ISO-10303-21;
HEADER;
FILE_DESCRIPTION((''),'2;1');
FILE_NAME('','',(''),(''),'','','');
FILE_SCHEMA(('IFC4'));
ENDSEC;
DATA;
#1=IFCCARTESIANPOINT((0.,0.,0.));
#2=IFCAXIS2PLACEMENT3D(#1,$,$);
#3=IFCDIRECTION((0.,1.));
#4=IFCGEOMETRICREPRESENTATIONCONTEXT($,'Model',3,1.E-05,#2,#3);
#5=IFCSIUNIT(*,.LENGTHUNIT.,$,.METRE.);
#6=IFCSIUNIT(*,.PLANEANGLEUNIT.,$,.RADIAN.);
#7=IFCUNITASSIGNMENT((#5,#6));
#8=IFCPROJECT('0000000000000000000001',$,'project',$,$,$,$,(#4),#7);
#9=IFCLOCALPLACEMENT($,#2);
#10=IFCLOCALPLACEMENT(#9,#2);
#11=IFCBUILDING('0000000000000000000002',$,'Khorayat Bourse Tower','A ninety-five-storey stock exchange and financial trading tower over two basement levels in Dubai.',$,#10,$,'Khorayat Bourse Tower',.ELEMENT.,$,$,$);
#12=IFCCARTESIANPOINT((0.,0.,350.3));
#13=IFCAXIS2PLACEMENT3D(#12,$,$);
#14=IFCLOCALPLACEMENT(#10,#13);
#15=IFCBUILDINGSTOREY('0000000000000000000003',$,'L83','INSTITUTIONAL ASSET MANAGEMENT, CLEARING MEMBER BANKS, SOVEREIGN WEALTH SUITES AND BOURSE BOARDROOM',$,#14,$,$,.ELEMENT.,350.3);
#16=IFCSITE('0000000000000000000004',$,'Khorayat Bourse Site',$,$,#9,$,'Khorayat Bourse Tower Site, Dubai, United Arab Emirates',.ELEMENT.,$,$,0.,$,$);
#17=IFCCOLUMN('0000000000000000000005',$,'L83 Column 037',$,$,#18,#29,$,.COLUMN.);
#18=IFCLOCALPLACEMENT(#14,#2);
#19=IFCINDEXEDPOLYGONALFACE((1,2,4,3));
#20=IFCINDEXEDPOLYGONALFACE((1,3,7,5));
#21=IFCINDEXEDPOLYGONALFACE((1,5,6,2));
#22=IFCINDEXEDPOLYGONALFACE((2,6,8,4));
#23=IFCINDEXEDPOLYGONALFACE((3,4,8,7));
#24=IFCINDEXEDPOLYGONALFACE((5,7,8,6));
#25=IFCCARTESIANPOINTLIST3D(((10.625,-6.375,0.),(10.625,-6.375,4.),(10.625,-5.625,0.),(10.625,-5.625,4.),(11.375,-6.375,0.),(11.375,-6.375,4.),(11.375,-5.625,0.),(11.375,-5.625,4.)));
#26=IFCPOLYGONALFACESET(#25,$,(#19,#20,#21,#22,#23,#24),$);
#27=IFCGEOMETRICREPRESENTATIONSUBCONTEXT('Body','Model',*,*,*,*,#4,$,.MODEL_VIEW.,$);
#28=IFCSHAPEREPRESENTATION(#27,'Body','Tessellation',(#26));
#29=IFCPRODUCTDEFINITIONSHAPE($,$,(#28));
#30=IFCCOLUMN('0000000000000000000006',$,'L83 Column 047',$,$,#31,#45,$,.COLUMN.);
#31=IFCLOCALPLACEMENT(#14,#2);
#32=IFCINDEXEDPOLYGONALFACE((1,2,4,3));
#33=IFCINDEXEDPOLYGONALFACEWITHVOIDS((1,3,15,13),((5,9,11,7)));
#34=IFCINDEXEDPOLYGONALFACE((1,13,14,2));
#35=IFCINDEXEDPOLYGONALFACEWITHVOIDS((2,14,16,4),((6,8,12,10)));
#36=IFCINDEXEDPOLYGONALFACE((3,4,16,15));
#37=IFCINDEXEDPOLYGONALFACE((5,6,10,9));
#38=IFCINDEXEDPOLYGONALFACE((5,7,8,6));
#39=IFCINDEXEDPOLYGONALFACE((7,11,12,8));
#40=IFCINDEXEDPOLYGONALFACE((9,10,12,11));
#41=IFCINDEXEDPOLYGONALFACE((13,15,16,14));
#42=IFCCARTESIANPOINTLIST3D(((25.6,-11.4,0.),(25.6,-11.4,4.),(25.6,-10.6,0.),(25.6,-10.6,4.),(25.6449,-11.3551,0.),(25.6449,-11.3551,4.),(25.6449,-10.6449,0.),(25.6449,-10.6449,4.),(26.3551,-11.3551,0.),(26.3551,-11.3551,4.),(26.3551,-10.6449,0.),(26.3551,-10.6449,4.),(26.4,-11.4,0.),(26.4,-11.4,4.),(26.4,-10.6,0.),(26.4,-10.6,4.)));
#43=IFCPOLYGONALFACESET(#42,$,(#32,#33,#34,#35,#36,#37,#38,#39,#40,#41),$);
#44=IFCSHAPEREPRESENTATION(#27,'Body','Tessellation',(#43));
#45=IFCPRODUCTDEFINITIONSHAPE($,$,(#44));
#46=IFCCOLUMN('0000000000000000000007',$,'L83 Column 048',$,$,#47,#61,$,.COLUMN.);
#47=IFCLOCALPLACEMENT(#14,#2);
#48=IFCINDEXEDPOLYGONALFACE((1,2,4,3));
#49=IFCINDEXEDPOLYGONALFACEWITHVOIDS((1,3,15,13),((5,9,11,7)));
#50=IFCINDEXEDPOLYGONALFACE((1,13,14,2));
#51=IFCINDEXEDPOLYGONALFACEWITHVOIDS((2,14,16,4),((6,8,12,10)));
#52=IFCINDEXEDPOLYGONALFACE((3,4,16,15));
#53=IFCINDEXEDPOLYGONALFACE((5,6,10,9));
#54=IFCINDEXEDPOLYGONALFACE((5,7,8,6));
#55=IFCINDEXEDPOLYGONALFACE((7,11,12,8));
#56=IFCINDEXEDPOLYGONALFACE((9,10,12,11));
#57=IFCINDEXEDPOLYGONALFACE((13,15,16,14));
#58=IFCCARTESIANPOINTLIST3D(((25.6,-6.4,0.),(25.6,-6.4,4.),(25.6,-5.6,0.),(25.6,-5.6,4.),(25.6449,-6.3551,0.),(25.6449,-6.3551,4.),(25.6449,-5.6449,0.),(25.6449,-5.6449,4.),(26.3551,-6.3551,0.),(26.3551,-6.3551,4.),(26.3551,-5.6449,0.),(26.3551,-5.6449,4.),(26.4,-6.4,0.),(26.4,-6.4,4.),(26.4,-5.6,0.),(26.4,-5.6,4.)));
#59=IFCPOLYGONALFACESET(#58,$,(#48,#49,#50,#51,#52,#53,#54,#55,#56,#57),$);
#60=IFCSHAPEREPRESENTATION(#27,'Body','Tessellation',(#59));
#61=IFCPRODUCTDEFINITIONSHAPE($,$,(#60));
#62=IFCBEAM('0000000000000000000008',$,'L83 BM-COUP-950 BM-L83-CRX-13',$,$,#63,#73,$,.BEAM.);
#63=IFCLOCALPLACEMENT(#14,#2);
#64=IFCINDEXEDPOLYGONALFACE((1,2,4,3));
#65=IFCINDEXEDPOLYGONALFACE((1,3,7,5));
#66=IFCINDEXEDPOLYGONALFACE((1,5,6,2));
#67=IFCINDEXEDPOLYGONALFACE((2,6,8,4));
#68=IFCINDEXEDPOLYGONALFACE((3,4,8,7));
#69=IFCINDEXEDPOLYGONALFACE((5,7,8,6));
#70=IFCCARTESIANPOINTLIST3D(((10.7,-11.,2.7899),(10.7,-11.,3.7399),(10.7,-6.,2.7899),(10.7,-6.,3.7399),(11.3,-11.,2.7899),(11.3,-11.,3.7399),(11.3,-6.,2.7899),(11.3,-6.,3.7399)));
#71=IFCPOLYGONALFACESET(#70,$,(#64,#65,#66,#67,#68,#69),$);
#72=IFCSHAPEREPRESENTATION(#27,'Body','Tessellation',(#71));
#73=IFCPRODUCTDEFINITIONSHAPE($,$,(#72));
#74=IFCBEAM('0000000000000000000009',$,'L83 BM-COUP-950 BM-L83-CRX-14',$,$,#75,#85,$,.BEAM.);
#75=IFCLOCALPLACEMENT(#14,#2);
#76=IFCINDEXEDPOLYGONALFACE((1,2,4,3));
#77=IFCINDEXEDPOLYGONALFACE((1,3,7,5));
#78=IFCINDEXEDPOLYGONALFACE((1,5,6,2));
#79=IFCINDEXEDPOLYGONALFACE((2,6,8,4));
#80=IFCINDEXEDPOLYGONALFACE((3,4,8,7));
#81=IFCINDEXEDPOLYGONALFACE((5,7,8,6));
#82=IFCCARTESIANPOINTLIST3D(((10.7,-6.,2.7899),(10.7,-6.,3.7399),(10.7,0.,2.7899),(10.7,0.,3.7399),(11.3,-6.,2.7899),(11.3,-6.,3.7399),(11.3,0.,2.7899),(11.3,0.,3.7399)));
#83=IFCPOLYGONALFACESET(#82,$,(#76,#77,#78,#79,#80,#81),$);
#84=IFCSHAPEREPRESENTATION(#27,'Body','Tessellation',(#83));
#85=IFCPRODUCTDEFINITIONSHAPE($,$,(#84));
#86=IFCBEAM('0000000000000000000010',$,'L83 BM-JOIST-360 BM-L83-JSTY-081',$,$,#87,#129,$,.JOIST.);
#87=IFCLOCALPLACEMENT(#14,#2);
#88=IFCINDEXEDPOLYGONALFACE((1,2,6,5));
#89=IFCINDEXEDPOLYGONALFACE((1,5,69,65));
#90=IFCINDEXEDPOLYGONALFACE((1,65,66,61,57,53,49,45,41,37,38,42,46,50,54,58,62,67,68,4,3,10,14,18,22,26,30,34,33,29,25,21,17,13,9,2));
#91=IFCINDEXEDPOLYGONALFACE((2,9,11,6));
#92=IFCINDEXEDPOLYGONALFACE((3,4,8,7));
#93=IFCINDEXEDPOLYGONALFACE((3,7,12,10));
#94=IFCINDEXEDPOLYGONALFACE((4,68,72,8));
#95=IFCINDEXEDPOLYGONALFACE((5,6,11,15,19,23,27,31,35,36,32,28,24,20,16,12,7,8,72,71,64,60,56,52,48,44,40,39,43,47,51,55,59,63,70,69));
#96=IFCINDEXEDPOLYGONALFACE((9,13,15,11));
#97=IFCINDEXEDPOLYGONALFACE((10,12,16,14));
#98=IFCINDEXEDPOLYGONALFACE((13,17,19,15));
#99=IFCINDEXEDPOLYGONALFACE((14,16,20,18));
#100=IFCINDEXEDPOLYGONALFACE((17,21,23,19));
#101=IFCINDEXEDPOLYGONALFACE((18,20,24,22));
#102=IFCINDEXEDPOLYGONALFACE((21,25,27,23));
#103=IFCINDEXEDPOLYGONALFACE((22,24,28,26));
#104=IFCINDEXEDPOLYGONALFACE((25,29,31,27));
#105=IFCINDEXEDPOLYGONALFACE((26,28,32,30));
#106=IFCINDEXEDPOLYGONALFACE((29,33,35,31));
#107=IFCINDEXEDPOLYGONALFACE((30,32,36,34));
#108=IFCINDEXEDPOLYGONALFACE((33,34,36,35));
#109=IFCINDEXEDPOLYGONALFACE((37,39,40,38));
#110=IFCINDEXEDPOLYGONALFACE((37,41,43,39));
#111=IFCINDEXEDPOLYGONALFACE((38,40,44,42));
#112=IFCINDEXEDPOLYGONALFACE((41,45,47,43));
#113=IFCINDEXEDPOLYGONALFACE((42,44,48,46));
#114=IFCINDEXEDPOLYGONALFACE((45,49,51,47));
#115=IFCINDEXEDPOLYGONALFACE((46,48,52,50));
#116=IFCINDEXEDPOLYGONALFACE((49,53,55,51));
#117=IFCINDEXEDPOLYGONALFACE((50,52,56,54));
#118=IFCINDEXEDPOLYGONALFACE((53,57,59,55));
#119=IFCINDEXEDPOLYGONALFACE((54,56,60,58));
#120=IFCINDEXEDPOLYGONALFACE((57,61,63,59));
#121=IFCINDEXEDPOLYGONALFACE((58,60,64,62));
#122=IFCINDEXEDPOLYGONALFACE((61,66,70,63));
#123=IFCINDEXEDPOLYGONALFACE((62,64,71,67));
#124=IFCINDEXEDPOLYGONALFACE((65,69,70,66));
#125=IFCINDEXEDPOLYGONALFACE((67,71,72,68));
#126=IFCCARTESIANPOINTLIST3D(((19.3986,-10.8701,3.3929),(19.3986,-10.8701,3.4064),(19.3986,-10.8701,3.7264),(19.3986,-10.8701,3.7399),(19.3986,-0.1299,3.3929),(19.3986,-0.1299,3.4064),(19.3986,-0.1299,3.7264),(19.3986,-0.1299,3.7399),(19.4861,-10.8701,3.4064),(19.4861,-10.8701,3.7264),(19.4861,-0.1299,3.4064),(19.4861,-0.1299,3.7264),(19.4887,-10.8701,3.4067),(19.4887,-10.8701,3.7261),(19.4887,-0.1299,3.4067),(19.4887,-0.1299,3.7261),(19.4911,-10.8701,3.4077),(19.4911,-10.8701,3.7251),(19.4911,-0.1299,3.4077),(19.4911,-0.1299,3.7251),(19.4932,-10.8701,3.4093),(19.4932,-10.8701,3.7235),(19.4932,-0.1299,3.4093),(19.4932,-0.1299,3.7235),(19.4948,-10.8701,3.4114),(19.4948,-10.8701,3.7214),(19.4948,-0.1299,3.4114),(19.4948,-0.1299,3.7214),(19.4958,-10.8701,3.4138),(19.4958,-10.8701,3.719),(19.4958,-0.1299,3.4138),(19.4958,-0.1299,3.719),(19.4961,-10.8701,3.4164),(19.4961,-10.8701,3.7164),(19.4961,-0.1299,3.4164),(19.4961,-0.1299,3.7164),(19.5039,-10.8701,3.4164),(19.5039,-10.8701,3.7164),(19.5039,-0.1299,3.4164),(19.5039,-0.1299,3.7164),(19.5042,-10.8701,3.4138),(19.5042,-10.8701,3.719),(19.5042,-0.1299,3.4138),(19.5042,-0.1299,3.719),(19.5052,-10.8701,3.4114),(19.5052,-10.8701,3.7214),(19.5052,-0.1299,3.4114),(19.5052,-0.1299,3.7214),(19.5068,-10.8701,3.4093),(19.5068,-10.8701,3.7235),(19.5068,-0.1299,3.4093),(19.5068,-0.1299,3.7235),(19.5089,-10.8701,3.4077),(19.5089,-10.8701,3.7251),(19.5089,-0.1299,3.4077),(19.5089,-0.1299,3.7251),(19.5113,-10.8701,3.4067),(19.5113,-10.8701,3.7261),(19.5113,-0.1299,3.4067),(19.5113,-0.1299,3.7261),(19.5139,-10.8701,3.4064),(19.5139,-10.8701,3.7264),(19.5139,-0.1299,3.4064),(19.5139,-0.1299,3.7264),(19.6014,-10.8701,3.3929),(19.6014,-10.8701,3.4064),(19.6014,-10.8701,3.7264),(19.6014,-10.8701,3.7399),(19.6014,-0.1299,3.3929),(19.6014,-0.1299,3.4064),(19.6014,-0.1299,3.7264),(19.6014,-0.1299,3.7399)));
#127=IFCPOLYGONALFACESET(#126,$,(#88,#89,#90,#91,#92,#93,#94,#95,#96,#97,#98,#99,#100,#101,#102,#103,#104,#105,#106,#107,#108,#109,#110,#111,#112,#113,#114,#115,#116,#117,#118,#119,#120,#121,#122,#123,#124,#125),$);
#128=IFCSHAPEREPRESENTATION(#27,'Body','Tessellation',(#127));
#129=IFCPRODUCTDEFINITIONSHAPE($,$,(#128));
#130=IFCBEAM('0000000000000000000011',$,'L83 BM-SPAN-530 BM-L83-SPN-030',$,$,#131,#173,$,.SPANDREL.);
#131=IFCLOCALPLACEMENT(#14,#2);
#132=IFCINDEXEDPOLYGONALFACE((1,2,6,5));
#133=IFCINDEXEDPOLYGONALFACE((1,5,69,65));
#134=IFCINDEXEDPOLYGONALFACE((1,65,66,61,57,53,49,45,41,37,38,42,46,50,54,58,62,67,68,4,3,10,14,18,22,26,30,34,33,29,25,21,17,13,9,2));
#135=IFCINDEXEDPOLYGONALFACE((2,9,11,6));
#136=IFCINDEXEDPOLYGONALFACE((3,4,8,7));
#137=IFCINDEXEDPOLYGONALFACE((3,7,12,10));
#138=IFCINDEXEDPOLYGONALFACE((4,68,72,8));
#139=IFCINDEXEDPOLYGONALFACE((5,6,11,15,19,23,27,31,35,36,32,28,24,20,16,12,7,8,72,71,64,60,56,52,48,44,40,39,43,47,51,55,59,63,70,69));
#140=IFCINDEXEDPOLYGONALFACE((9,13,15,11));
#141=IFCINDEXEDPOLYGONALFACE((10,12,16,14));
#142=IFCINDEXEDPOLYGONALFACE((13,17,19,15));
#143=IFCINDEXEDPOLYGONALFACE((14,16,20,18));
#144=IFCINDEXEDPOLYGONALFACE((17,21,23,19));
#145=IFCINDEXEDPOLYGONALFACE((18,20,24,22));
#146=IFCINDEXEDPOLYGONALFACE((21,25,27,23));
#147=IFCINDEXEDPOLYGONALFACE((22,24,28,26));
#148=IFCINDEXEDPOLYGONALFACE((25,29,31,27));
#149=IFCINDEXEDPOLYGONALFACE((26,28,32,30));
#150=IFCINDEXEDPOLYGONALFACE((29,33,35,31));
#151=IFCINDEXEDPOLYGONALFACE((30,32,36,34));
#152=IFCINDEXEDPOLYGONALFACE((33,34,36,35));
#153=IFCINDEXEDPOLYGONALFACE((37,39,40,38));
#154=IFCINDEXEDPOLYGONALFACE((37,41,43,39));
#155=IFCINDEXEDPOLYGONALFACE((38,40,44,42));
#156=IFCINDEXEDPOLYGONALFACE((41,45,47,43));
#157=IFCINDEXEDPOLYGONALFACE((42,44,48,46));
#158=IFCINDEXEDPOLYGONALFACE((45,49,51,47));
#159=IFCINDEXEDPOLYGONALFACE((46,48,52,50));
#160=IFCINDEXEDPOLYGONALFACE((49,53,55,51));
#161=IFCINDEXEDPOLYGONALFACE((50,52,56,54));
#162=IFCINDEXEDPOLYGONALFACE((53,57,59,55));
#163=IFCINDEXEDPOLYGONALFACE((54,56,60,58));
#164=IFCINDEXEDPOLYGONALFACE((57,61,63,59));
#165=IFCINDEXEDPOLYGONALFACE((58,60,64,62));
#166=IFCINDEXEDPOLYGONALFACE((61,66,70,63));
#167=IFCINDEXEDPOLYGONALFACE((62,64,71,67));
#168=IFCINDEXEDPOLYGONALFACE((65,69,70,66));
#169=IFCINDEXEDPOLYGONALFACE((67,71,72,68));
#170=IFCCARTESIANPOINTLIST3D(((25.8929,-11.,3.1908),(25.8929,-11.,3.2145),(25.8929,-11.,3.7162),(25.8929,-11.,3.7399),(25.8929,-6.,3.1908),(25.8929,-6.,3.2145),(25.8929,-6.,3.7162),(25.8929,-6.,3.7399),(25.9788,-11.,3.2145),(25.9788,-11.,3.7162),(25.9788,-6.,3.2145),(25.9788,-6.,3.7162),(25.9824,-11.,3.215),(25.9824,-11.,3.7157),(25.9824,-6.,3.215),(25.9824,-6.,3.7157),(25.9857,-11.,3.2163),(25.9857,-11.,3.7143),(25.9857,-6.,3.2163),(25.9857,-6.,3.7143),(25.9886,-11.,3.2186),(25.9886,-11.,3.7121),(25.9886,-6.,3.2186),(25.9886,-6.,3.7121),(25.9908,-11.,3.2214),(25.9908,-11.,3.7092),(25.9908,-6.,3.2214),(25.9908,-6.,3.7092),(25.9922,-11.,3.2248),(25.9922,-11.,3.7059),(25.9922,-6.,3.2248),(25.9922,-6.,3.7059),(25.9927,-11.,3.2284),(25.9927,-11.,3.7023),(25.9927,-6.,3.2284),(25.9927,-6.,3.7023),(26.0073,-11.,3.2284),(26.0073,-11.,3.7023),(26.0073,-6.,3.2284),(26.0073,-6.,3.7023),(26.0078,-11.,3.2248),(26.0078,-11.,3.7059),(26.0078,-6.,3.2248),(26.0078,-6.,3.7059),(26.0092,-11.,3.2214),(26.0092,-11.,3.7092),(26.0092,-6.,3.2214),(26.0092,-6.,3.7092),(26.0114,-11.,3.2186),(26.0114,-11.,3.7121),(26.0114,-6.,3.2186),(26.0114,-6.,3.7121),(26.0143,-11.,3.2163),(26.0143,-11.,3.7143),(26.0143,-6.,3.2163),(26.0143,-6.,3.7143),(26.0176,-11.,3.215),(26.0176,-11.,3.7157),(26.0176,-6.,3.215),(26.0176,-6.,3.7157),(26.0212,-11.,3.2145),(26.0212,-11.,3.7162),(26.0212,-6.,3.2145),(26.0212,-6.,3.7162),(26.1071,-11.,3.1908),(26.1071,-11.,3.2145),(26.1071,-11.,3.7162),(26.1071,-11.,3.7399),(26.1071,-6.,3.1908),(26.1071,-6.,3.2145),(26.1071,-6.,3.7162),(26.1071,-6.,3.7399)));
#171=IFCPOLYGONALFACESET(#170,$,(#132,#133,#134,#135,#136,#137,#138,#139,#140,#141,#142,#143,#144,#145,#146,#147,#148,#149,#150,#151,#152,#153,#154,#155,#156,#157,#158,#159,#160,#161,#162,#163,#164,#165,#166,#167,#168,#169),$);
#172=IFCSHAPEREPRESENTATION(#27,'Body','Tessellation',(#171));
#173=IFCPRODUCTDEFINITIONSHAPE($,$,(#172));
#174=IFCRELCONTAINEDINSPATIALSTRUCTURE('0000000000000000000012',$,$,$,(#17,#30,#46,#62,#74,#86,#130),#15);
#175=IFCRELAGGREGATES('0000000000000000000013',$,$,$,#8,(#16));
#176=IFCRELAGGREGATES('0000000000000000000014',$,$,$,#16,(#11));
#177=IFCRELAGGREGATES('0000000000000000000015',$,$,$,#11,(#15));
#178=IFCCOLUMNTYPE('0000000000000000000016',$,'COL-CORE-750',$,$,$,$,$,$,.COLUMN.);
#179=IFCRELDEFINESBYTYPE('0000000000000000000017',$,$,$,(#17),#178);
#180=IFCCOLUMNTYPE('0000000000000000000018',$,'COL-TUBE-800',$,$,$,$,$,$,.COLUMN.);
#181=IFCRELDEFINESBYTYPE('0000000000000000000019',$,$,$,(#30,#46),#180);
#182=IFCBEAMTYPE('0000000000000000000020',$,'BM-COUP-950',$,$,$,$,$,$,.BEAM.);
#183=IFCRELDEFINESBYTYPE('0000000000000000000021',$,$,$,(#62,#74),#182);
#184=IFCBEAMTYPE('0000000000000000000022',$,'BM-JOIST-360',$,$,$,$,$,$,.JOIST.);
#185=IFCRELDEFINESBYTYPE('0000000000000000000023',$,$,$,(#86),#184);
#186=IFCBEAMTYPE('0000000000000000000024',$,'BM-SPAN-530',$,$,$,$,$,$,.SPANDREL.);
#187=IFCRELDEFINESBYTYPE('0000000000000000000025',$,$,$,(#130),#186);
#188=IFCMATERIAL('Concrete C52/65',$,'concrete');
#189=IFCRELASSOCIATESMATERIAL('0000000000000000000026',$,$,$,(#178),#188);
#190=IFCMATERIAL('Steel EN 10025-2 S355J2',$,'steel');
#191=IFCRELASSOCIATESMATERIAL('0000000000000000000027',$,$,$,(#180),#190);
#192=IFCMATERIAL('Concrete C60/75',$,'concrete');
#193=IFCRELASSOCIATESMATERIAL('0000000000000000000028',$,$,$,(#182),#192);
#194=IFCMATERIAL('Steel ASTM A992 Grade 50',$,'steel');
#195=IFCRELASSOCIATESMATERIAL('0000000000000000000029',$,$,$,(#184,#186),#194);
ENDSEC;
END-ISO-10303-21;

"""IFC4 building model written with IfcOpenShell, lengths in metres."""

from ifc_helpers import new_model, si_unit, direction, frame, origin, origin_2d, place, context, subcontext, project, spatial, rectangle, hollow_rectangle, i_section, extrude, source, transform, mapped, material, material_profile, profile_set, type_object, element, save


model = new_model("IFC4")

# Units and contexts
model_context = context("Model", 3, precision=1e-05, world=origin(), true_north=direction((0.0, 1.0)))
body_context = subcontext(model_context, "Body", "Model", "MODEL_VIEW")
ifc_project = project(units=[si_unit("LENGTHUNIT", "METRE"), si_unit("PLANEANGLEUNIT", "RADIAN")], contexts=[model_context])

# Site, building, storey
site_placement = place(None, origin())
site = spatial("IfcSite", under=ifc_project, at=site_placement, Name="Khorayat Bourse Site", LongName="Khorayat Bourse Tower Site, Dubai, United Arab Emirates", CompositionType="ELEMENT", RefElevation=0.0)
building_placement = place(site_placement, origin())
building = spatial("IfcBuilding", under=site, at=building_placement, Name="Khorayat Bourse Tower", Description="A ninety-five-storey stock exchange and financial trading tower over two basement levels in Dubai.", LongName="Khorayat Bourse Tower", CompositionType="ELEMENT")
storey_placement = place(building_placement, frame((0.0, 0.0, 350.3)))
storey = spatial("IfcBuildingStorey", under=building, at=storey_placement, Name="L83", Description="INSTITUTIONAL ASSET MANAGEMENT, CLEARING MEMBER BANKS, SOVEREIGN WEALTH SUITES AND BOURSE BOARDROOM", CompositionType="ELEMENT", Elevation=350.3)

# Columns
ifc_material_1 = material(Name="Concrete C52/65", Category="concrete")
ifc_material_profile_1 = material_profile(ifc_material_1, rectangle(XDim=0.75, YDim=0.75, at=origin_2d()), Name="RC 750x750")
ifc_profile_set_1 = profile_set([ifc_material_profile_1], Name="Concrete C52/65")
column_type_1 = type_object("IfcColumnType", Name="COL-CORE-750", PredefinedType="COLUMN", material=ifc_profile_set_1)
shared_shape_1 = source(origin(), body_context, "Body", "SweptSolid", [
    extrude(rectangle(XDim=0.75, YDim=0.75, at=origin_2d()), origin(), (0.0, 0.0, 1.0), 4.0),
])
column_placement = place(storey_placement, frame((11.0, -6.0, 0.0), z_axis=(0.0, 0.0, 1.0), x_axis=(1.0, 0.0, 0.0)))
element("IfcColumn", 1, at=column_placement, inside=storey, type_object=column_type_1, Name="L83 Column 037", PredefinedType="COLUMN", context=body_context, shape_type="MappedRepresentation", body=[
    mapped(shared_shape_1, transform((0.0, 0.0, 0.0), scale=1.0)),
])
ifc_material_2 = material(Name="Steel EN 10025-2 S355J2", Category="steel")
ifc_material_profile_2 = material_profile(ifc_material_2, hollow_rectangle(XDim=0.8, YDim=0.8, WallThickness=0.0449, at=origin_2d()), Name="BOX 800x800x45")
ifc_profile_set_2 = profile_set([ifc_material_profile_2], Name="Steel EN 10025-2 S355J2")
column_type_2 = type_object("IfcColumnType", Name="COL-TUBE-800", PredefinedType="COLUMN", material=ifc_profile_set_2)
shared_shape_2 = source(origin(), body_context, "Body", "SweptSolid", [
    extrude(hollow_rectangle(XDim=0.8, YDim=0.8, WallThickness=0.0449, at=origin_2d()), origin(), (0.0, 0.0, 1.0), 4.0),
])
for number, where, z_axis, x_axis, name in (
    (2, (26.0, -11.0, 0.0), (0.0, 0.0, 1.0), (1.0, 0.0, 0.0), "L83 Column 047"),
    (3, (26.0, -6.0, 0.0), (0.0, 0.0, 1.0), (1.0, 0.0, 0.0), "L83 Column 048"),
):
    element("IfcColumn", number, at=place(storey_placement, frame(where, z_axis=z_axis, x_axis=x_axis)), inside=storey, type_object=column_type_2, Name=name, PredefinedType="COLUMN", context=body_context, shape_type="MappedRepresentation", body=[
        mapped(shared_shape_2, transform((0.0, 0.0, 0.0), scale=1.0)),
    ])

# Beams
ifc_material_3 = material(Name="Concrete C60/75", Category="concrete")
ifc_material_profile_3 = material_profile(ifc_material_3, rectangle(XDim=0.6001, YDim=0.95, at=origin_2d()), Name="RC 600x950")
ifc_profile_set_3 = profile_set([ifc_material_profile_3], Name="Concrete C60/75")
beam_type_1 = type_object("IfcBeamType", Name="BM-COUP-950", PredefinedType="BEAM", material=ifc_profile_set_3)
shared_shape_3 = source(origin(), body_context, "Body", "SweptSolid", [
    extrude(rectangle(XDim=0.6001, YDim=0.95, at=origin_2d()), origin(), (0.0, 0.0, 1.0), 5.0),
])
beam_1_placement = place(storey_placement, frame((11.0, -11.0, 3.2649), z_axis=(0.0, 1.0, 0.0), x_axis=(-1.0, 0.0, 0.0)))
element("IfcBeam", 4, at=beam_1_placement, inside=storey, type_object=beam_type_1, Name="L83 BM-COUP-950 BM-L83-CRX-13", PredefinedType="BEAM", context=body_context, shape_type="MappedRepresentation", body=[
    mapped(shared_shape_3, transform((0.0, 0.0, 0.0), scale=1.0)),
])
shared_shape_4 = source(origin(), body_context, "Body", "SweptSolid", [
    extrude(rectangle(XDim=0.6001, YDim=0.95, at=origin_2d()), origin(), (0.0, 0.0, 1.0), 6.0),
])
beam_2_placement = place(storey_placement, frame((11.0, -6.0, 3.2649), z_axis=(0.0, 1.0, 0.0), x_axis=(-1.0, 0.0, 0.0)))
element("IfcBeam", 5, at=beam_2_placement, inside=storey, type_object=beam_type_1, Name="L83 BM-COUP-950 BM-L83-CRX-14", PredefinedType="BEAM", context=body_context, shape_type="MappedRepresentation", body=[
    mapped(shared_shape_4, transform((0.0, 0.0, 0.0), scale=1.0)),
])
ifc_material_4 = material(Name="Steel ASTM A992 Grade 50", Category="steel")
ifc_material_profile_4 = material_profile(ifc_material_4, i_section(OverallWidth=0.2029, OverallDepth=0.3469, WebThickness=0.0078, FlangeThickness=0.0134, FilletRadius=0.01, at=origin_2d()), Name="W360X64")
ifc_profile_set_4 = profile_set([ifc_material_profile_4], Name="Steel ASTM A992 Grade 50")
beam_type_2 = type_object("IfcBeamType", Name="BM-JOIST-360", PredefinedType="JOIST", material=ifc_profile_set_4)
shared_shape_5 = source(origin(), body_context, "Body", "SweptSolid", [
    extrude(i_section(OverallWidth=0.2029, OverallDepth=0.3469, WebThickness=0.0078, FlangeThickness=0.0134, FilletRadius=0.01, at=origin_2d()), origin(), (0.0, 0.0, 1.0), 10.7402),
])
beam_3_placement = place(storey_placement, frame((19.5, -10.8701, 3.5664), z_axis=(0.0, 1.0, 0.0), x_axis=(-1.0, 0.0, 0.0)))
element("IfcBeam", 6, at=beam_3_placement, inside=storey, type_object=beam_type_2, Name="L83 BM-JOIST-360 BM-L83-JSTY-081", PredefinedType="JOIST", context=body_context, shape_type="MappedRepresentation", body=[
    mapped(shared_shape_5, transform((0.0, 0.0, 0.0), scale=1.0)),
])
ifc_material_profile_5 = material_profile(ifc_material_4, i_section(OverallWidth=0.2141, OverallDepth=0.5491, WebThickness=0.0146, FlangeThickness=0.0237, FilletRadius=0.0139, at=origin_2d()), Name="W530X138")
ifc_profile_set_5 = profile_set([ifc_material_profile_5], Name="Steel ASTM A992 Grade 50")
beam_type_3 = type_object("IfcBeamType", Name="BM-SPAN-530", PredefinedType="SPANDREL", material=ifc_profile_set_5)
shared_shape_6 = source(origin(), body_context, "Body", "SweptSolid", [
    extrude(i_section(OverallWidth=0.2141, OverallDepth=0.5491, WebThickness=0.0146, FlangeThickness=0.0237, FilletRadius=0.0139, at=origin_2d()), origin(), (0.0, 0.0, 1.0), 5.0),
])
beam_4_placement = place(storey_placement, frame((26.0, -11.0, 3.4653), z_axis=(0.0, 1.0, 0.0), x_axis=(-1.0, 0.0, 0.0)))
element("IfcBeam", 7, at=beam_4_placement, inside=storey, type_object=beam_type_3, Name="L83 BM-SPAN-530 BM-L83-SPN-030", PredefinedType="SPANDREL", context=body_context, shape_type="MappedRepresentation", body=[
    mapped(shared_shape_6, transform((0.0, 0.0, 0.0), scale=1.0)),
])

save(model, "model.ifc")
